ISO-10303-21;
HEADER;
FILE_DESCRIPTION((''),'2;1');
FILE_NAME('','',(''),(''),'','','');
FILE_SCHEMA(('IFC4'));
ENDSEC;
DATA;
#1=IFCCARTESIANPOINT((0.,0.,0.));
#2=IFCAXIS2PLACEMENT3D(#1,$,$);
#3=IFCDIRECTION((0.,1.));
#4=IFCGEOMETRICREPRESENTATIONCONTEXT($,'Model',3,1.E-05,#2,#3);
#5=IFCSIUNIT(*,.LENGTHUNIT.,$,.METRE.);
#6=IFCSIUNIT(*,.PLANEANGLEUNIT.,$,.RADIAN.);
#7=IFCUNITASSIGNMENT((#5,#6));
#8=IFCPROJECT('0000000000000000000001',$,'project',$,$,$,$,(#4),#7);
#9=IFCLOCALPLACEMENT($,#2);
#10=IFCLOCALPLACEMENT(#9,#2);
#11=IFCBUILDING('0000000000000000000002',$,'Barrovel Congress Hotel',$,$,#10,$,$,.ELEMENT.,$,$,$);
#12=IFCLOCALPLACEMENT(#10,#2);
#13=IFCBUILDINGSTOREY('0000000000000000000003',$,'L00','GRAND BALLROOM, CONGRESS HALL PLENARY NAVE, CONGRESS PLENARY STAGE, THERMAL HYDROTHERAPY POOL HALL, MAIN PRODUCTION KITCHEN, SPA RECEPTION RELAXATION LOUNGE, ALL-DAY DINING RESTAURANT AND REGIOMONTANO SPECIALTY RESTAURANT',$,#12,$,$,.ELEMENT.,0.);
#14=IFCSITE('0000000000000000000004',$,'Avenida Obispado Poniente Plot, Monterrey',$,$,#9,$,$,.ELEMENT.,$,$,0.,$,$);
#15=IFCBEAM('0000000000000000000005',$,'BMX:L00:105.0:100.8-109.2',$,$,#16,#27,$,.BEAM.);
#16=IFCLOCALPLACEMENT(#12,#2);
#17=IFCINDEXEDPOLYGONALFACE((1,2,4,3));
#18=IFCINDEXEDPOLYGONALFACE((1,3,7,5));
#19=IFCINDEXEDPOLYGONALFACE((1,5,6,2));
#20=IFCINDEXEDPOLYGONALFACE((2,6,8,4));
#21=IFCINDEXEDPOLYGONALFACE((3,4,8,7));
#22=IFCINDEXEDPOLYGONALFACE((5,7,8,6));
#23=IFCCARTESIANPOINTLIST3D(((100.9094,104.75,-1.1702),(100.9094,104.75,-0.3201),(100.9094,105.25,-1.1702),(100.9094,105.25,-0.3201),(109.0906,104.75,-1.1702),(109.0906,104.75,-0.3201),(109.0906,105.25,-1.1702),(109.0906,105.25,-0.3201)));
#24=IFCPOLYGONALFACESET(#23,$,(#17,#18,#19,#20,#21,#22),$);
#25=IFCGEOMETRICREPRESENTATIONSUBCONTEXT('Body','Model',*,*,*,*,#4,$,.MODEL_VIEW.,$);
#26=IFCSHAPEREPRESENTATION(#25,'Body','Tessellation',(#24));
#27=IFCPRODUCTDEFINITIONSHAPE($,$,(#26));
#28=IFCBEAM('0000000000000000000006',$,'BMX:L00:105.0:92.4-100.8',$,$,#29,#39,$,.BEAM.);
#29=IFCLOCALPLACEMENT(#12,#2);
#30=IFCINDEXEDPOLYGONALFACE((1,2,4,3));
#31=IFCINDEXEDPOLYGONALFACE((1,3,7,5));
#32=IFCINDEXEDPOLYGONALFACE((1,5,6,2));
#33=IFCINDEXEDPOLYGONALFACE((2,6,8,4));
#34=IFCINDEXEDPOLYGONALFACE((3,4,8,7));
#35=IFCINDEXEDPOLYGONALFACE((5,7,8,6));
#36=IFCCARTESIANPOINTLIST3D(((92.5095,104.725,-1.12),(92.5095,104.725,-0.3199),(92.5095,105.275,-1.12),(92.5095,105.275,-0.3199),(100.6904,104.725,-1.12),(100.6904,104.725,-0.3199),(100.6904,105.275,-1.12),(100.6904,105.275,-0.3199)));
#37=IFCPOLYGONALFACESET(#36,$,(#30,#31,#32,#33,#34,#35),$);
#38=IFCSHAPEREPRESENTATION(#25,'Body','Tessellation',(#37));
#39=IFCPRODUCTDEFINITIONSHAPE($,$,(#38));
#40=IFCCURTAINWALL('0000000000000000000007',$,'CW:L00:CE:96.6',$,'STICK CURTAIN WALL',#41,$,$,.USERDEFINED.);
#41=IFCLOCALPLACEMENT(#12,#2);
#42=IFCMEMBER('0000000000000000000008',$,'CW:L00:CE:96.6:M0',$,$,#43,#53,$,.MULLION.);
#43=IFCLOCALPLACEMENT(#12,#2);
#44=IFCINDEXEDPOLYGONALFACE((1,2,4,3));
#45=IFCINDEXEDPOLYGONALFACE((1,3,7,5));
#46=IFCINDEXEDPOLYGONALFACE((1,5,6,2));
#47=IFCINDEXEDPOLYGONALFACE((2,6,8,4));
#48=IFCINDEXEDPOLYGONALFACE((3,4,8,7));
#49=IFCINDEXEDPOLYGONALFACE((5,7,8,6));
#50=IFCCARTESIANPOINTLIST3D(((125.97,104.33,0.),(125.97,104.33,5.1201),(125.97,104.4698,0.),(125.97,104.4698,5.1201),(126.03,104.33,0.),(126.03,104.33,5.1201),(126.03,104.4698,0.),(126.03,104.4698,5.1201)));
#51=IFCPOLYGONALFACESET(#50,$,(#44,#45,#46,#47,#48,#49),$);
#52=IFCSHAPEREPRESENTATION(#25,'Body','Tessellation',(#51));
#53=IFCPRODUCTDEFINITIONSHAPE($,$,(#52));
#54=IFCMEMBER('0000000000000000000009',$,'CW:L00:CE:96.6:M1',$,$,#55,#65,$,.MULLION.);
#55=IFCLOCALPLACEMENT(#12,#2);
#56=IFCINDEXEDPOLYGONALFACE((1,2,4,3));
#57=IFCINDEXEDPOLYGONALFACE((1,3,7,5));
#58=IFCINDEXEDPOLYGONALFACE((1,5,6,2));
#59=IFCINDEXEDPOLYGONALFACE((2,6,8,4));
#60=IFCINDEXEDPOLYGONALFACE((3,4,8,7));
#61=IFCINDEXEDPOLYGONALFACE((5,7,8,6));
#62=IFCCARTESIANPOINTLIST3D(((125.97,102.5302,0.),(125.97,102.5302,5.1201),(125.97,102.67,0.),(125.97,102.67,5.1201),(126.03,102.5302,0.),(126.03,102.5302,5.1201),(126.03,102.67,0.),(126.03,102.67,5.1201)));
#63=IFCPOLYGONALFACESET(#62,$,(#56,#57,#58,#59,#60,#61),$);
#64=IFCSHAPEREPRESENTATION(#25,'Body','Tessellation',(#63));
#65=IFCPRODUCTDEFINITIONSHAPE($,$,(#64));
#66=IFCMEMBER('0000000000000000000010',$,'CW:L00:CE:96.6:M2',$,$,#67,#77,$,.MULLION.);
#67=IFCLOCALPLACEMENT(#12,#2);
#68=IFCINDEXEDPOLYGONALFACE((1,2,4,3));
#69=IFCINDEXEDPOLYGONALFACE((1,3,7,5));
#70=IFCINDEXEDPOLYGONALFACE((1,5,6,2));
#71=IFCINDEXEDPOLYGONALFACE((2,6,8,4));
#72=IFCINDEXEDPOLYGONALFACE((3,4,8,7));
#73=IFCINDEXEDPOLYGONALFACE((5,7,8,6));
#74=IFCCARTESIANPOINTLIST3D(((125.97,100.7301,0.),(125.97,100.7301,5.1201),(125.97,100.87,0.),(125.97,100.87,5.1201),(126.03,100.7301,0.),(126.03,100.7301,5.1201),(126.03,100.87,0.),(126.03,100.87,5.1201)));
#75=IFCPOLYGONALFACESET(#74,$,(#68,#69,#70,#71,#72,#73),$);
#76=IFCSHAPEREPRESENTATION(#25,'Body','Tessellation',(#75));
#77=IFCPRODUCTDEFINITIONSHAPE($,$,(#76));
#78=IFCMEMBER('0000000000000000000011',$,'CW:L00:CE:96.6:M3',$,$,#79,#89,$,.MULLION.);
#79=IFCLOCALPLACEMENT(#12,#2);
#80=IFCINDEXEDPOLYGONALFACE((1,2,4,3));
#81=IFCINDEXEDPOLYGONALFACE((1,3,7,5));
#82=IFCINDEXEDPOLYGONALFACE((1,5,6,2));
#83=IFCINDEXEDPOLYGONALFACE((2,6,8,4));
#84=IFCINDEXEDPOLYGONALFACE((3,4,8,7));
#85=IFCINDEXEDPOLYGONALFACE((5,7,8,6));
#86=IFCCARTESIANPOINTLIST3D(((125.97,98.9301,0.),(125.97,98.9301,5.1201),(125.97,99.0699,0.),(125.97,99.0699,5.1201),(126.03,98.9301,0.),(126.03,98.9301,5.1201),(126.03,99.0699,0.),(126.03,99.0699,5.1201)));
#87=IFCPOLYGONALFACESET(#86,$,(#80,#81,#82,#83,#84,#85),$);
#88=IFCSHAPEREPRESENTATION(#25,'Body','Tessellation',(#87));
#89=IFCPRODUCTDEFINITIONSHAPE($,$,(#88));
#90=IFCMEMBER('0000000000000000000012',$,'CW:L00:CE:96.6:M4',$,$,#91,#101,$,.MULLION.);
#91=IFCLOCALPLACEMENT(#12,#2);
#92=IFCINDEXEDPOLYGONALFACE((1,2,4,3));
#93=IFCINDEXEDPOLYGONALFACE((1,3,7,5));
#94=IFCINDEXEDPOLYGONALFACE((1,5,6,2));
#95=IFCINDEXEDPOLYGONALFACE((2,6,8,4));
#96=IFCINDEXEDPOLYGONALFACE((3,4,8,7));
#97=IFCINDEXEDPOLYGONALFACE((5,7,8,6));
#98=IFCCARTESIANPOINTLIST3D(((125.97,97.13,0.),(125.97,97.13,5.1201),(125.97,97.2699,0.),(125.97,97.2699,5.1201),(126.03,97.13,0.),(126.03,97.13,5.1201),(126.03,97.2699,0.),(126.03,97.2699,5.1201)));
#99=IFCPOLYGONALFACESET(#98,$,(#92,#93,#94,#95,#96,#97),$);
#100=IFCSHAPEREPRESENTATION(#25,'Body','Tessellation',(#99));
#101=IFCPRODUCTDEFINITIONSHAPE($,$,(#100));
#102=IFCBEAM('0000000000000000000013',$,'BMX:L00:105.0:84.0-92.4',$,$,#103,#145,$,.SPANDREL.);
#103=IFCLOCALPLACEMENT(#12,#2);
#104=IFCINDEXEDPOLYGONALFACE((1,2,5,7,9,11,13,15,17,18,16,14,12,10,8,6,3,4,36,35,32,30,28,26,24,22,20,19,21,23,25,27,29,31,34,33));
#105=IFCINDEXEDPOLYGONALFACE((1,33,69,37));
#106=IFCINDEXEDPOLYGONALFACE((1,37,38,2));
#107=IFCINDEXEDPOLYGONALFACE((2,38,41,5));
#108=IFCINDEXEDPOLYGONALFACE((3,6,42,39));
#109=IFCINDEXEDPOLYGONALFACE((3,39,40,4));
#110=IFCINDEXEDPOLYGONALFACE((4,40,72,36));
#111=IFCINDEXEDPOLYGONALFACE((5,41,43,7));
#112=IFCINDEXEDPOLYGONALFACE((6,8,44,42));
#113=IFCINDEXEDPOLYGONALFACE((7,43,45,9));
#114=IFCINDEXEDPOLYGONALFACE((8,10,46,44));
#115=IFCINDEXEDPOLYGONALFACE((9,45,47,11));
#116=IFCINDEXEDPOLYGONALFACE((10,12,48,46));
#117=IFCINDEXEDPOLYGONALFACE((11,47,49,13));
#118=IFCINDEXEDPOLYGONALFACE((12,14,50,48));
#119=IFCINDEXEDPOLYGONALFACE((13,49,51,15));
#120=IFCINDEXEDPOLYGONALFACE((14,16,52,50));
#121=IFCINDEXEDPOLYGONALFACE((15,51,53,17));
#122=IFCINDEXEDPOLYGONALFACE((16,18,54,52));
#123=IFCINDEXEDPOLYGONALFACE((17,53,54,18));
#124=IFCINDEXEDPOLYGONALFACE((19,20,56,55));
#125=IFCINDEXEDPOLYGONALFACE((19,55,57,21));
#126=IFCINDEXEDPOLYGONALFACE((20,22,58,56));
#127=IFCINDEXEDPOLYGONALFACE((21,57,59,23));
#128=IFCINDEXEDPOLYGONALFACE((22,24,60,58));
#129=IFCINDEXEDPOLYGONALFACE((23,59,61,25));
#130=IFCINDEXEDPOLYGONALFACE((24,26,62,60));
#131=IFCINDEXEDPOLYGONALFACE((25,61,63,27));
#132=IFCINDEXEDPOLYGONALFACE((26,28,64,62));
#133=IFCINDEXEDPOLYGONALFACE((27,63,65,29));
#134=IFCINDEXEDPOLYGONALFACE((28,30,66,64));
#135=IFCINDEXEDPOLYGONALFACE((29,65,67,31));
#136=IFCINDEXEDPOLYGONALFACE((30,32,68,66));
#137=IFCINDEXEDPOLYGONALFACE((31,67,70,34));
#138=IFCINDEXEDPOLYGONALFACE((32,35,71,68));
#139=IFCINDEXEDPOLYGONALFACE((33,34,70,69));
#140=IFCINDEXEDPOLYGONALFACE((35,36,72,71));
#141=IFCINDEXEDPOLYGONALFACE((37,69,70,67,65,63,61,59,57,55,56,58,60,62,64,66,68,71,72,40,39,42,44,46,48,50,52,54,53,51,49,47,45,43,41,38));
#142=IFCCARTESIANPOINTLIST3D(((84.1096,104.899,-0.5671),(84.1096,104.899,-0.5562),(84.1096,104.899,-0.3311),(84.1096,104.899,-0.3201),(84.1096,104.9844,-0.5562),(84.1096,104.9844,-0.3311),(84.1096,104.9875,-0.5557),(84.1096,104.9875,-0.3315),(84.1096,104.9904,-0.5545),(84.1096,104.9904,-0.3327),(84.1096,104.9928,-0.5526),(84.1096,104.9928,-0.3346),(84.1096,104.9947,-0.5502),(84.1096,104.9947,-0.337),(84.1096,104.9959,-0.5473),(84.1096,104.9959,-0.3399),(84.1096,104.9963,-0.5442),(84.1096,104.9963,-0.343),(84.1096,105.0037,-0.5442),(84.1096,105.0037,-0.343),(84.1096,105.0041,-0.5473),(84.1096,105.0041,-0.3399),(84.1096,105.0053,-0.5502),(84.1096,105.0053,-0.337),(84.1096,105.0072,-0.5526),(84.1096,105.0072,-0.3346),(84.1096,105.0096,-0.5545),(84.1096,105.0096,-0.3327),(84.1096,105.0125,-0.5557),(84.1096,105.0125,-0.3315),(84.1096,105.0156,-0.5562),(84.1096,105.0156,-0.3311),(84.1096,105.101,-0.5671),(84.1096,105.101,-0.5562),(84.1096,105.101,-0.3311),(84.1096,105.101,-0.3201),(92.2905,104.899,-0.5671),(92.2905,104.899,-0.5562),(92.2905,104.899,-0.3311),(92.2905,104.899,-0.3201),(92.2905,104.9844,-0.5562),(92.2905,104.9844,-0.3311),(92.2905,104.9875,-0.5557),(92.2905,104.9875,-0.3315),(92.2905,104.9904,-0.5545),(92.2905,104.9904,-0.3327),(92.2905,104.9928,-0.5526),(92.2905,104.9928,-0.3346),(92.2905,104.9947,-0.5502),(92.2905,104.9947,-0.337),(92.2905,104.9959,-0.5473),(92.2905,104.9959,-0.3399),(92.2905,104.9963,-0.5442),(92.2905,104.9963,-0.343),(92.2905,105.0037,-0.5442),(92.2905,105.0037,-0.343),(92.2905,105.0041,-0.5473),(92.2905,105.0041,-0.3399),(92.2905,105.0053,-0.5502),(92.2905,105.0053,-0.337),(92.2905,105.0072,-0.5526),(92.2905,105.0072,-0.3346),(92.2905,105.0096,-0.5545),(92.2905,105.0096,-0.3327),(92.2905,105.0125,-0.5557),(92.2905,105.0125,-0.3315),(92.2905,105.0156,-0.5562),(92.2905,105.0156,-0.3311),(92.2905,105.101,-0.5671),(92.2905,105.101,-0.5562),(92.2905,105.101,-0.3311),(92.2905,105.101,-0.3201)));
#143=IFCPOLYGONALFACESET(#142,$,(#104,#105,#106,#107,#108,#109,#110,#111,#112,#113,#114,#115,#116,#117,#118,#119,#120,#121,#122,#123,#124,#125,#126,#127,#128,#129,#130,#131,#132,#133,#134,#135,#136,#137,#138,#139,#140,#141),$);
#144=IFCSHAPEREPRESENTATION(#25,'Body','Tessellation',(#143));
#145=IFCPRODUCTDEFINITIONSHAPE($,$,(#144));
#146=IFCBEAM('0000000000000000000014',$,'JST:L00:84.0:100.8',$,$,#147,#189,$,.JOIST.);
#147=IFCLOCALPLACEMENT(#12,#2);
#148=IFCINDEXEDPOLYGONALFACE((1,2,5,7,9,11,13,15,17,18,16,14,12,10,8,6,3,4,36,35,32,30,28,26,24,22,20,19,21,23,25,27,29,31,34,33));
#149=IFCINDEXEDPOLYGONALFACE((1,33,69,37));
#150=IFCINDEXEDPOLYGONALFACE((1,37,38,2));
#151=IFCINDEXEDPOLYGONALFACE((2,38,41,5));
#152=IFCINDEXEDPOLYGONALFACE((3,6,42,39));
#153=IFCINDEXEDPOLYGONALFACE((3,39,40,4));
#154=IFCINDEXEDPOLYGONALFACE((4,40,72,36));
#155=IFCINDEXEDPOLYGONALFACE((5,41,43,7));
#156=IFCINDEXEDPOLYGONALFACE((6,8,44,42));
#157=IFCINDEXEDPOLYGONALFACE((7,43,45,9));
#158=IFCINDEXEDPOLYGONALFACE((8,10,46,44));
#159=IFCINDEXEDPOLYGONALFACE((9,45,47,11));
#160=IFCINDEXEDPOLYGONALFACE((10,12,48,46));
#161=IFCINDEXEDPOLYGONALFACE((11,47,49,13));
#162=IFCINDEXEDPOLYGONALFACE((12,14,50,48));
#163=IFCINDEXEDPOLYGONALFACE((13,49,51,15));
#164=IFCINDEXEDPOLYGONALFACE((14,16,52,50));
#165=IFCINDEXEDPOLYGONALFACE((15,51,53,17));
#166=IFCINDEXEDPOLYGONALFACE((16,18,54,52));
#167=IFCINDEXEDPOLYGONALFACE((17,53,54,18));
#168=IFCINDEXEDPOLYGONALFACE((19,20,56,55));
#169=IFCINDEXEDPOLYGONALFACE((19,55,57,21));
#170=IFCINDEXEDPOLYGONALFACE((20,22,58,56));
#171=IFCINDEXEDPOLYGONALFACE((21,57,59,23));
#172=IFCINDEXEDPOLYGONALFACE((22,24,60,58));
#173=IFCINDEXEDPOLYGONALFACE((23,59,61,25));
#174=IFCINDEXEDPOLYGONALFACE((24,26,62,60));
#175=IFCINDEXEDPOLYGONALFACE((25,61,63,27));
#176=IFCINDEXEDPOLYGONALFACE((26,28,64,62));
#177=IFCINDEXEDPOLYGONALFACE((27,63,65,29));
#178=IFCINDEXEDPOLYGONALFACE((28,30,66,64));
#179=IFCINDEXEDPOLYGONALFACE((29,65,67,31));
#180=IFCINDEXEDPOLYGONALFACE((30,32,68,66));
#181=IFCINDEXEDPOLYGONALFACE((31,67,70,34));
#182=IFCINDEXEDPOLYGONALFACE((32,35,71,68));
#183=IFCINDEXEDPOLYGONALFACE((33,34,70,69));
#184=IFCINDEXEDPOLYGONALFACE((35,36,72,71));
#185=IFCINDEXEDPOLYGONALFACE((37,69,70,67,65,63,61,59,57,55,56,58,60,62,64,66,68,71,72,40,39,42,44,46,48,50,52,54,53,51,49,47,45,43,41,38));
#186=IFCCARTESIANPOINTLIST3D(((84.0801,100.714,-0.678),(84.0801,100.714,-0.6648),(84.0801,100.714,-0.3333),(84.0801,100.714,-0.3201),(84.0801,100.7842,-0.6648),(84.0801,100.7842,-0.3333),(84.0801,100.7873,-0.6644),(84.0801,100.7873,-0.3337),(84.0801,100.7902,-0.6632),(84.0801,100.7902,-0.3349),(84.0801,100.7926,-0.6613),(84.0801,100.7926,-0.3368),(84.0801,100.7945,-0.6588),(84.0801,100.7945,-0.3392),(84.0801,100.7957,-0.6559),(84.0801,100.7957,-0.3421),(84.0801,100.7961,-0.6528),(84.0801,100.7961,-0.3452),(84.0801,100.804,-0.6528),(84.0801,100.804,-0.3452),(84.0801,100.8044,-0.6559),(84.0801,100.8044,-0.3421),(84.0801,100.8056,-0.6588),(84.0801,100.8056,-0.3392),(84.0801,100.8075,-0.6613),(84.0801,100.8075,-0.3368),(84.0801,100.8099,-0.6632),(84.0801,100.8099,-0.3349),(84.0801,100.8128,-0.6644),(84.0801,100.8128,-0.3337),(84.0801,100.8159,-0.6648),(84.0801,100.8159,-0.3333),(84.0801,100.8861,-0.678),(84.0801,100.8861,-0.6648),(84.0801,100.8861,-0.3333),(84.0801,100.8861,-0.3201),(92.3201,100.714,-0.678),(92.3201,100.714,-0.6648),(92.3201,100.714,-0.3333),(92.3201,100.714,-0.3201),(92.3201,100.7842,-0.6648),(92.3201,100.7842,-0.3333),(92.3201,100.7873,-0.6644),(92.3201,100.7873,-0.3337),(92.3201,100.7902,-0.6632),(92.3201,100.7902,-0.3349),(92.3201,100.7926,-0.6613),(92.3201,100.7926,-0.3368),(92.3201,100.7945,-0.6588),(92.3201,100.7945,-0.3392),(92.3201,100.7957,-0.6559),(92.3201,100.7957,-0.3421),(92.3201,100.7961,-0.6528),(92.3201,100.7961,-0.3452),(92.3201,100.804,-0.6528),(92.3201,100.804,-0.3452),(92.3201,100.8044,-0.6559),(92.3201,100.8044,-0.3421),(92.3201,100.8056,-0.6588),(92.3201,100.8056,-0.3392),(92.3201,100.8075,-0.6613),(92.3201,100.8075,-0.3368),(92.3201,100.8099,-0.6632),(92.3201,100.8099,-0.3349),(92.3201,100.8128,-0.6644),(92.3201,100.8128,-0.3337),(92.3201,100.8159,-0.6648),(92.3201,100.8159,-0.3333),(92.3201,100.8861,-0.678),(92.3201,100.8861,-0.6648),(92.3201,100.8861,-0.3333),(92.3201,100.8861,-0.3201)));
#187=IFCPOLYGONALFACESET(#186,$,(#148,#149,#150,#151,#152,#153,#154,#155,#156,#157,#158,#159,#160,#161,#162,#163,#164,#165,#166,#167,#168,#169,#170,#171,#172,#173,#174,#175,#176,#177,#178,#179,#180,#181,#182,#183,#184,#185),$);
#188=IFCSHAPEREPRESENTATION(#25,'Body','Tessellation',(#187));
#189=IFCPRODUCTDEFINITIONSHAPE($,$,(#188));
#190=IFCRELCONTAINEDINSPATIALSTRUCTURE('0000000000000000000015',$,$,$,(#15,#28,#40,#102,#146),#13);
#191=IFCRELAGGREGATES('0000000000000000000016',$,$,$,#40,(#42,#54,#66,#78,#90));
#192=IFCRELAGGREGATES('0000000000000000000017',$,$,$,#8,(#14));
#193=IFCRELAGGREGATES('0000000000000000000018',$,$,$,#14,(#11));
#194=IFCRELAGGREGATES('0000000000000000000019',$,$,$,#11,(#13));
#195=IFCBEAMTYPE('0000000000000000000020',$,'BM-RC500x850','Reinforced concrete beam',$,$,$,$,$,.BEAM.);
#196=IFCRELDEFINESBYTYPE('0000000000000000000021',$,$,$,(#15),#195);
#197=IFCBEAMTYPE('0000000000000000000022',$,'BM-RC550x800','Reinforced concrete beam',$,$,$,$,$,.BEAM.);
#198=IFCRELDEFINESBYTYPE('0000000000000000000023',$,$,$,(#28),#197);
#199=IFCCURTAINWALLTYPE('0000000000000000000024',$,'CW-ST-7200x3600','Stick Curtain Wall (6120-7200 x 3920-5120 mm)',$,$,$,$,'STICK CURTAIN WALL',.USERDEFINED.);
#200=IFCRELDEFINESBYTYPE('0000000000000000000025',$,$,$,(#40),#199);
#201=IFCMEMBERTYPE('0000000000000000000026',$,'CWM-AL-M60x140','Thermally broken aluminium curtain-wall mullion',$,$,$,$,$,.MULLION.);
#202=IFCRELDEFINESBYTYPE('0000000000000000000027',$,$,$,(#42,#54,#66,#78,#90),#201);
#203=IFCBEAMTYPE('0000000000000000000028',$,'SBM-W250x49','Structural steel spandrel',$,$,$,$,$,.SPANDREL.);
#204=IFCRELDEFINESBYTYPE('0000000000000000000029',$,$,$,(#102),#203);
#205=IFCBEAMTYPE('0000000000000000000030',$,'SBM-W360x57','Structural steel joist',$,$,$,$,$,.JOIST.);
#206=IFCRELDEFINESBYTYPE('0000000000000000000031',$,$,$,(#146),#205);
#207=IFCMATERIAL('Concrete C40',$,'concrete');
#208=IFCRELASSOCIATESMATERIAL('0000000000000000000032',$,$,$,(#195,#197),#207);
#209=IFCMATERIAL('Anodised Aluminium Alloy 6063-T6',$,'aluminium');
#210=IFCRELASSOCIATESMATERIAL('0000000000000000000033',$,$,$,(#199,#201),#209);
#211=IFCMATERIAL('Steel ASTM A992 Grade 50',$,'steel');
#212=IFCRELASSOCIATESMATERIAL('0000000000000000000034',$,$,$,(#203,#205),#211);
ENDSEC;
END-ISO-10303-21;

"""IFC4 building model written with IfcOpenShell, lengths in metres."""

from ifc_helpers import new_model, si_unit, direction, frame, origin, origin_2d, place, context, subcontext, project, spatial, rectangle, i_section, extrude, material, material_profile, profile_set, type_object, element, aggregate, save


model = new_model("IFC4")

# Units and contexts
model_context = context("Model", 3, precision=1e-05, world=origin(), true_north=direction((0.0, 1.0)))
body_context = subcontext(model_context, "Body", "Model", "MODEL_VIEW")
ifc_project = project(units=[si_unit("LENGTHUNIT", "METRE"), si_unit("PLANEANGLEUNIT", "RADIAN")], contexts=[model_context])

# Site, building, storey
site_placement = place(None, origin())
site = spatial("IfcSite", under=ifc_project, at=site_placement, Name="Avenida Obispado Poniente Plot, Monterrey", CompositionType="ELEMENT", RefElevation=0.0)
building_placement = place(site_placement, origin())
building = spatial("IfcBuilding", under=site, at=building_placement, Name="Barrovel Congress Hotel", CompositionType="ELEMENT")
storey_placement = place(building_placement, origin())
storey = spatial("IfcBuildingStorey", under=building, at=storey_placement, Name="L00", Description="GRAND BALLROOM, CONGRESS HALL PLENARY NAVE, CONGRESS PLENARY STAGE, THERMAL HYDROTHERAPY POOL HALL, MAIN PRODUCTION KITCHEN, SPA RECEPTION RELAXATION LOUNGE, ALL-DAY DINING RESTAURANT AND REGIOMONTANO SPECIALTY RESTAURANT", CompositionType="ELEMENT", Elevation=0.0)

# Shared definitions
ifc_material_1 = material(Name="Concrete C40", Category="concrete")

# Beams
ifc_material_profile_1 = material_profile(ifc_material_1, rectangle(XDim=0.5, YDim=0.8501, at=origin_2d()), Name="RC500x850")
ifc_profile_set_1 = profile_set([ifc_material_profile_1], Name="Concrete C40")
beam_type_1 = type_object("IfcBeamType", Name="BM-RC500x850", Description="Reinforced concrete beam", PredefinedType="BEAM", material=ifc_profile_set_1)
beam_1_placement = place(storey_placement, frame((100.9094, 105.0, -0.7451), z_axis=(1.0, 0.0, 0.0), x_axis=(0.0, 1.0, 0.0)))
element("IfcBeam", 1, at=beam_1_placement, inside=storey, type_object=beam_type_1, Name="BMX:L00:105.0:100.8-109.2", PredefinedType="BEAM", context=body_context, shape_type="SweptSolid", body=[
    extrude(rectangle(XDim=0.5, YDim=0.8501, at=origin_2d()), origin(), (0.0, 0.0, 1.0), 8.1812),
])
ifc_material_profile_2 = material_profile(ifc_material_1, rectangle(XDim=0.55, YDim=0.8, at=origin_2d()), Name="RC550x800")
ifc_profile_set_2 = profile_set([ifc_material_profile_2], Name="Concrete C40")
beam_type_2 = type_object("IfcBeamType", Name="BM-RC550x800", Description="Reinforced concrete beam", PredefinedType="BEAM", material=ifc_profile_set_2)
beam_2_placement = place(storey_placement, frame((92.5095, 105.0, -0.72), z_axis=(1.0, 0.0, 0.0), x_axis=(0.0, 1.0, 0.0)))
element("IfcBeam", 2, at=beam_2_placement, inside=storey, type_object=beam_type_2, Name="BMX:L00:105.0:92.4-100.8", PredefinedType="BEAM", context=body_context, shape_type="SweptSolid", body=[
    extrude(rectangle(XDim=0.55, YDim=0.8, at=origin_2d()), origin(), (0.0, 0.0, 1.0), 8.1809),
])

# Curtain wall, members
ifc_material_2 = material(Name="Anodised Aluminium Alloy 6063-T6", Category="aluminium")
curtain_wall_type = type_object("IfcCurtainWallType", Name="CW-ST-7200x3600", Description="Stick Curtain Wall (6120-7200 x 3920-5120 mm)", ElementType="STICK CURTAIN WALL", PredefinedType="USERDEFINED", material=ifc_material_2)
curtain_wall_placement = place(storey_placement, origin())
curtain_wall = element("IfcCurtainWall", 3, at=curtain_wall_placement, inside=storey, type_object=curtain_wall_type, Name="CW:L00:CE:96.6", ObjectType="STICK CURTAIN WALL", PredefinedType="USERDEFINED")
ifc_material_profile_3 = material_profile(ifc_material_2, rectangle(XDim=0.0601, YDim=0.1399, at=origin_2d()), Name="AL-M60x140")
ifc_profile_set_3 = profile_set([ifc_material_profile_3], Name="Anodised Aluminium Alloy 6063-T6")
member_type = type_object("IfcMemberType", Name="CWM-AL-M60x140", Description="Thermally broken aluminium curtain-wall mullion", PredefinedType="MULLION", material=ifc_profile_set_3)
member_1_placement = place(storey_placement, frame((126.0, 104.3999, 0.0), z_axis=(0.0, 0.0, 1.0), x_axis=(1.0, 0.0, 0.0)))
member_1 = element("IfcMember", 4, at=member_1_placement, type_object=member_type, Name="CW:L00:CE:96.6:M0", PredefinedType="MULLION", context=body_context, shape_type="SweptSolid", body=[
    extrude(rectangle(XDim=0.0601, YDim=0.1399, at=origin_2d()), origin(), (0.0, 0.0, 1.0), 5.1201),
])
member_2_placement = place(storey_placement, frame((126.0, 102.6001, 0.0), z_axis=(0.0, 0.0, 1.0), x_axis=(1.0, 0.0, 0.0)))
member_2 = element("IfcMember", 5, at=member_2_placement, type_object=member_type, Name="CW:L00:CE:96.6:M1", PredefinedType="MULLION", context=body_context, shape_type="SweptSolid", body=[
    extrude(rectangle(XDim=0.0601, YDim=0.1399, at=origin_2d()), origin(), (0.0, 0.0, 1.0), 5.1201),
])
member_3_placement = place(storey_placement, frame((126.0, 100.8, 0.0), z_axis=(0.0, 0.0, 1.0), x_axis=(1.0, 0.0, 0.0)))
member_3 = element("IfcMember", 6, at=member_3_placement, type_object=member_type, Name="CW:L00:CE:96.6:M2", PredefinedType="MULLION", context=body_context, shape_type="SweptSolid", body=[
    extrude(rectangle(XDim=0.0601, YDim=0.1399, at=origin_2d()), origin(), (0.0, 0.0, 1.0), 5.1201),
])
member_4_placement = place(storey_placement, frame((126.0, 99.0, 0.0), z_axis=(0.0, 0.0, 1.0), x_axis=(1.0, 0.0, 0.0)))
member_4 = element("IfcMember", 7, at=member_4_placement, type_object=member_type, Name="CW:L00:CE:96.6:M3", PredefinedType="MULLION", context=body_context, shape_type="SweptSolid", body=[
    extrude(rectangle(XDim=0.0601, YDim=0.1399, at=origin_2d()), origin(), (0.0, 0.0, 1.0), 5.1201),
])
member_5_placement = place(storey_placement, frame((126.0, 97.2, 0.0), z_axis=(0.0, 0.0, 1.0), x_axis=(1.0, 0.0, 0.0)))
member_5 = element("IfcMember", 8, at=member_5_placement, type_object=member_type, Name="CW:L00:CE:96.6:M4", PredefinedType="MULLION", context=body_context, shape_type="SweptSolid", body=[
    extrude(rectangle(XDim=0.0601, YDim=0.1399, at=origin_2d()), origin(), (0.0, 0.0, 1.0), 5.1201),
])

# Beams
ifc_material_3 = material(Name="Steel ASTM A992 Grade 50", Category="steel")
ifc_material_profile_4 = material_profile(ifc_material_3, i_section(OverallWidth=0.2019, OverallDepth=0.2471, WebThickness=0.0073, FlangeThickness=0.011, FilletRadius=0.012, at=origin_2d()), Name="W250x49")
ifc_profile_set_4 = profile_set([ifc_material_profile_4], Name="Steel ASTM A992 Grade 50")
beam_type_3 = type_object("IfcBeamType", Name="SBM-W250x49", Description="Structural steel spandrel", PredefinedType="SPANDREL", material=ifc_profile_set_4)
beam_3_placement = place(storey_placement, frame((84.1096, 105.0, -0.4436), z_axis=(1.0, 0.0, 0.0), x_axis=(0.0, 1.0, 0.0)))
element("IfcBeam", 9, at=beam_3_placement, inside=storey, type_object=beam_type_3, Name="BMX:L00:105.0:84.0-92.4", PredefinedType="SPANDREL", context=body_context, shape_type="SweptSolid", body=[
    extrude(i_section(OverallWidth=0.2019, OverallDepth=0.2471, WebThickness=0.0073, FlangeThickness=0.011, FilletRadius=0.012, at=origin_2d()), origin(), (0.0, 0.0, 1.0), 8.1809),
])
ifc_material_profile_5 = material_profile(ifc_material_3, i_section(OverallWidth=0.1721, OverallDepth=0.3579, WebThickness=0.0078, FlangeThickness=0.0132, FilletRadius=0.012, at=origin_2d()), Name="W360x57")
ifc_profile_set_5 = profile_set([ifc_material_profile_5], Name="Steel ASTM A992 Grade 50")
beam_type_4 = type_object("IfcBeamType", Name="SBM-W360x57", Description="Structural steel joist", PredefinedType="JOIST", material=ifc_profile_set_5)
beam_4_placement = place(storey_placement, frame((84.0801, 100.8, -0.499), z_axis=(1.0, 0.0, 0.0), x_axis=(0.0, 1.0, 0.0)))
element("IfcBeam", 10, at=beam_4_placement, inside=storey, type_object=beam_type_4, Name="JST:L00:84.0:100.8", PredefinedType="JOIST", context=body_context, shape_type="SweptSolid", body=[
    extrude(i_section(OverallWidth=0.1721, OverallDepth=0.3579, WebThickness=0.0078, FlangeThickness=0.0132, FilletRadius=0.012, at=origin_2d()), origin(), (0.0, 0.0, 1.0), 8.24),
])

aggregate(curtain_wall, [member_1, member_2, member_3, member_4, member_5])

save(model, "model.ifc")
